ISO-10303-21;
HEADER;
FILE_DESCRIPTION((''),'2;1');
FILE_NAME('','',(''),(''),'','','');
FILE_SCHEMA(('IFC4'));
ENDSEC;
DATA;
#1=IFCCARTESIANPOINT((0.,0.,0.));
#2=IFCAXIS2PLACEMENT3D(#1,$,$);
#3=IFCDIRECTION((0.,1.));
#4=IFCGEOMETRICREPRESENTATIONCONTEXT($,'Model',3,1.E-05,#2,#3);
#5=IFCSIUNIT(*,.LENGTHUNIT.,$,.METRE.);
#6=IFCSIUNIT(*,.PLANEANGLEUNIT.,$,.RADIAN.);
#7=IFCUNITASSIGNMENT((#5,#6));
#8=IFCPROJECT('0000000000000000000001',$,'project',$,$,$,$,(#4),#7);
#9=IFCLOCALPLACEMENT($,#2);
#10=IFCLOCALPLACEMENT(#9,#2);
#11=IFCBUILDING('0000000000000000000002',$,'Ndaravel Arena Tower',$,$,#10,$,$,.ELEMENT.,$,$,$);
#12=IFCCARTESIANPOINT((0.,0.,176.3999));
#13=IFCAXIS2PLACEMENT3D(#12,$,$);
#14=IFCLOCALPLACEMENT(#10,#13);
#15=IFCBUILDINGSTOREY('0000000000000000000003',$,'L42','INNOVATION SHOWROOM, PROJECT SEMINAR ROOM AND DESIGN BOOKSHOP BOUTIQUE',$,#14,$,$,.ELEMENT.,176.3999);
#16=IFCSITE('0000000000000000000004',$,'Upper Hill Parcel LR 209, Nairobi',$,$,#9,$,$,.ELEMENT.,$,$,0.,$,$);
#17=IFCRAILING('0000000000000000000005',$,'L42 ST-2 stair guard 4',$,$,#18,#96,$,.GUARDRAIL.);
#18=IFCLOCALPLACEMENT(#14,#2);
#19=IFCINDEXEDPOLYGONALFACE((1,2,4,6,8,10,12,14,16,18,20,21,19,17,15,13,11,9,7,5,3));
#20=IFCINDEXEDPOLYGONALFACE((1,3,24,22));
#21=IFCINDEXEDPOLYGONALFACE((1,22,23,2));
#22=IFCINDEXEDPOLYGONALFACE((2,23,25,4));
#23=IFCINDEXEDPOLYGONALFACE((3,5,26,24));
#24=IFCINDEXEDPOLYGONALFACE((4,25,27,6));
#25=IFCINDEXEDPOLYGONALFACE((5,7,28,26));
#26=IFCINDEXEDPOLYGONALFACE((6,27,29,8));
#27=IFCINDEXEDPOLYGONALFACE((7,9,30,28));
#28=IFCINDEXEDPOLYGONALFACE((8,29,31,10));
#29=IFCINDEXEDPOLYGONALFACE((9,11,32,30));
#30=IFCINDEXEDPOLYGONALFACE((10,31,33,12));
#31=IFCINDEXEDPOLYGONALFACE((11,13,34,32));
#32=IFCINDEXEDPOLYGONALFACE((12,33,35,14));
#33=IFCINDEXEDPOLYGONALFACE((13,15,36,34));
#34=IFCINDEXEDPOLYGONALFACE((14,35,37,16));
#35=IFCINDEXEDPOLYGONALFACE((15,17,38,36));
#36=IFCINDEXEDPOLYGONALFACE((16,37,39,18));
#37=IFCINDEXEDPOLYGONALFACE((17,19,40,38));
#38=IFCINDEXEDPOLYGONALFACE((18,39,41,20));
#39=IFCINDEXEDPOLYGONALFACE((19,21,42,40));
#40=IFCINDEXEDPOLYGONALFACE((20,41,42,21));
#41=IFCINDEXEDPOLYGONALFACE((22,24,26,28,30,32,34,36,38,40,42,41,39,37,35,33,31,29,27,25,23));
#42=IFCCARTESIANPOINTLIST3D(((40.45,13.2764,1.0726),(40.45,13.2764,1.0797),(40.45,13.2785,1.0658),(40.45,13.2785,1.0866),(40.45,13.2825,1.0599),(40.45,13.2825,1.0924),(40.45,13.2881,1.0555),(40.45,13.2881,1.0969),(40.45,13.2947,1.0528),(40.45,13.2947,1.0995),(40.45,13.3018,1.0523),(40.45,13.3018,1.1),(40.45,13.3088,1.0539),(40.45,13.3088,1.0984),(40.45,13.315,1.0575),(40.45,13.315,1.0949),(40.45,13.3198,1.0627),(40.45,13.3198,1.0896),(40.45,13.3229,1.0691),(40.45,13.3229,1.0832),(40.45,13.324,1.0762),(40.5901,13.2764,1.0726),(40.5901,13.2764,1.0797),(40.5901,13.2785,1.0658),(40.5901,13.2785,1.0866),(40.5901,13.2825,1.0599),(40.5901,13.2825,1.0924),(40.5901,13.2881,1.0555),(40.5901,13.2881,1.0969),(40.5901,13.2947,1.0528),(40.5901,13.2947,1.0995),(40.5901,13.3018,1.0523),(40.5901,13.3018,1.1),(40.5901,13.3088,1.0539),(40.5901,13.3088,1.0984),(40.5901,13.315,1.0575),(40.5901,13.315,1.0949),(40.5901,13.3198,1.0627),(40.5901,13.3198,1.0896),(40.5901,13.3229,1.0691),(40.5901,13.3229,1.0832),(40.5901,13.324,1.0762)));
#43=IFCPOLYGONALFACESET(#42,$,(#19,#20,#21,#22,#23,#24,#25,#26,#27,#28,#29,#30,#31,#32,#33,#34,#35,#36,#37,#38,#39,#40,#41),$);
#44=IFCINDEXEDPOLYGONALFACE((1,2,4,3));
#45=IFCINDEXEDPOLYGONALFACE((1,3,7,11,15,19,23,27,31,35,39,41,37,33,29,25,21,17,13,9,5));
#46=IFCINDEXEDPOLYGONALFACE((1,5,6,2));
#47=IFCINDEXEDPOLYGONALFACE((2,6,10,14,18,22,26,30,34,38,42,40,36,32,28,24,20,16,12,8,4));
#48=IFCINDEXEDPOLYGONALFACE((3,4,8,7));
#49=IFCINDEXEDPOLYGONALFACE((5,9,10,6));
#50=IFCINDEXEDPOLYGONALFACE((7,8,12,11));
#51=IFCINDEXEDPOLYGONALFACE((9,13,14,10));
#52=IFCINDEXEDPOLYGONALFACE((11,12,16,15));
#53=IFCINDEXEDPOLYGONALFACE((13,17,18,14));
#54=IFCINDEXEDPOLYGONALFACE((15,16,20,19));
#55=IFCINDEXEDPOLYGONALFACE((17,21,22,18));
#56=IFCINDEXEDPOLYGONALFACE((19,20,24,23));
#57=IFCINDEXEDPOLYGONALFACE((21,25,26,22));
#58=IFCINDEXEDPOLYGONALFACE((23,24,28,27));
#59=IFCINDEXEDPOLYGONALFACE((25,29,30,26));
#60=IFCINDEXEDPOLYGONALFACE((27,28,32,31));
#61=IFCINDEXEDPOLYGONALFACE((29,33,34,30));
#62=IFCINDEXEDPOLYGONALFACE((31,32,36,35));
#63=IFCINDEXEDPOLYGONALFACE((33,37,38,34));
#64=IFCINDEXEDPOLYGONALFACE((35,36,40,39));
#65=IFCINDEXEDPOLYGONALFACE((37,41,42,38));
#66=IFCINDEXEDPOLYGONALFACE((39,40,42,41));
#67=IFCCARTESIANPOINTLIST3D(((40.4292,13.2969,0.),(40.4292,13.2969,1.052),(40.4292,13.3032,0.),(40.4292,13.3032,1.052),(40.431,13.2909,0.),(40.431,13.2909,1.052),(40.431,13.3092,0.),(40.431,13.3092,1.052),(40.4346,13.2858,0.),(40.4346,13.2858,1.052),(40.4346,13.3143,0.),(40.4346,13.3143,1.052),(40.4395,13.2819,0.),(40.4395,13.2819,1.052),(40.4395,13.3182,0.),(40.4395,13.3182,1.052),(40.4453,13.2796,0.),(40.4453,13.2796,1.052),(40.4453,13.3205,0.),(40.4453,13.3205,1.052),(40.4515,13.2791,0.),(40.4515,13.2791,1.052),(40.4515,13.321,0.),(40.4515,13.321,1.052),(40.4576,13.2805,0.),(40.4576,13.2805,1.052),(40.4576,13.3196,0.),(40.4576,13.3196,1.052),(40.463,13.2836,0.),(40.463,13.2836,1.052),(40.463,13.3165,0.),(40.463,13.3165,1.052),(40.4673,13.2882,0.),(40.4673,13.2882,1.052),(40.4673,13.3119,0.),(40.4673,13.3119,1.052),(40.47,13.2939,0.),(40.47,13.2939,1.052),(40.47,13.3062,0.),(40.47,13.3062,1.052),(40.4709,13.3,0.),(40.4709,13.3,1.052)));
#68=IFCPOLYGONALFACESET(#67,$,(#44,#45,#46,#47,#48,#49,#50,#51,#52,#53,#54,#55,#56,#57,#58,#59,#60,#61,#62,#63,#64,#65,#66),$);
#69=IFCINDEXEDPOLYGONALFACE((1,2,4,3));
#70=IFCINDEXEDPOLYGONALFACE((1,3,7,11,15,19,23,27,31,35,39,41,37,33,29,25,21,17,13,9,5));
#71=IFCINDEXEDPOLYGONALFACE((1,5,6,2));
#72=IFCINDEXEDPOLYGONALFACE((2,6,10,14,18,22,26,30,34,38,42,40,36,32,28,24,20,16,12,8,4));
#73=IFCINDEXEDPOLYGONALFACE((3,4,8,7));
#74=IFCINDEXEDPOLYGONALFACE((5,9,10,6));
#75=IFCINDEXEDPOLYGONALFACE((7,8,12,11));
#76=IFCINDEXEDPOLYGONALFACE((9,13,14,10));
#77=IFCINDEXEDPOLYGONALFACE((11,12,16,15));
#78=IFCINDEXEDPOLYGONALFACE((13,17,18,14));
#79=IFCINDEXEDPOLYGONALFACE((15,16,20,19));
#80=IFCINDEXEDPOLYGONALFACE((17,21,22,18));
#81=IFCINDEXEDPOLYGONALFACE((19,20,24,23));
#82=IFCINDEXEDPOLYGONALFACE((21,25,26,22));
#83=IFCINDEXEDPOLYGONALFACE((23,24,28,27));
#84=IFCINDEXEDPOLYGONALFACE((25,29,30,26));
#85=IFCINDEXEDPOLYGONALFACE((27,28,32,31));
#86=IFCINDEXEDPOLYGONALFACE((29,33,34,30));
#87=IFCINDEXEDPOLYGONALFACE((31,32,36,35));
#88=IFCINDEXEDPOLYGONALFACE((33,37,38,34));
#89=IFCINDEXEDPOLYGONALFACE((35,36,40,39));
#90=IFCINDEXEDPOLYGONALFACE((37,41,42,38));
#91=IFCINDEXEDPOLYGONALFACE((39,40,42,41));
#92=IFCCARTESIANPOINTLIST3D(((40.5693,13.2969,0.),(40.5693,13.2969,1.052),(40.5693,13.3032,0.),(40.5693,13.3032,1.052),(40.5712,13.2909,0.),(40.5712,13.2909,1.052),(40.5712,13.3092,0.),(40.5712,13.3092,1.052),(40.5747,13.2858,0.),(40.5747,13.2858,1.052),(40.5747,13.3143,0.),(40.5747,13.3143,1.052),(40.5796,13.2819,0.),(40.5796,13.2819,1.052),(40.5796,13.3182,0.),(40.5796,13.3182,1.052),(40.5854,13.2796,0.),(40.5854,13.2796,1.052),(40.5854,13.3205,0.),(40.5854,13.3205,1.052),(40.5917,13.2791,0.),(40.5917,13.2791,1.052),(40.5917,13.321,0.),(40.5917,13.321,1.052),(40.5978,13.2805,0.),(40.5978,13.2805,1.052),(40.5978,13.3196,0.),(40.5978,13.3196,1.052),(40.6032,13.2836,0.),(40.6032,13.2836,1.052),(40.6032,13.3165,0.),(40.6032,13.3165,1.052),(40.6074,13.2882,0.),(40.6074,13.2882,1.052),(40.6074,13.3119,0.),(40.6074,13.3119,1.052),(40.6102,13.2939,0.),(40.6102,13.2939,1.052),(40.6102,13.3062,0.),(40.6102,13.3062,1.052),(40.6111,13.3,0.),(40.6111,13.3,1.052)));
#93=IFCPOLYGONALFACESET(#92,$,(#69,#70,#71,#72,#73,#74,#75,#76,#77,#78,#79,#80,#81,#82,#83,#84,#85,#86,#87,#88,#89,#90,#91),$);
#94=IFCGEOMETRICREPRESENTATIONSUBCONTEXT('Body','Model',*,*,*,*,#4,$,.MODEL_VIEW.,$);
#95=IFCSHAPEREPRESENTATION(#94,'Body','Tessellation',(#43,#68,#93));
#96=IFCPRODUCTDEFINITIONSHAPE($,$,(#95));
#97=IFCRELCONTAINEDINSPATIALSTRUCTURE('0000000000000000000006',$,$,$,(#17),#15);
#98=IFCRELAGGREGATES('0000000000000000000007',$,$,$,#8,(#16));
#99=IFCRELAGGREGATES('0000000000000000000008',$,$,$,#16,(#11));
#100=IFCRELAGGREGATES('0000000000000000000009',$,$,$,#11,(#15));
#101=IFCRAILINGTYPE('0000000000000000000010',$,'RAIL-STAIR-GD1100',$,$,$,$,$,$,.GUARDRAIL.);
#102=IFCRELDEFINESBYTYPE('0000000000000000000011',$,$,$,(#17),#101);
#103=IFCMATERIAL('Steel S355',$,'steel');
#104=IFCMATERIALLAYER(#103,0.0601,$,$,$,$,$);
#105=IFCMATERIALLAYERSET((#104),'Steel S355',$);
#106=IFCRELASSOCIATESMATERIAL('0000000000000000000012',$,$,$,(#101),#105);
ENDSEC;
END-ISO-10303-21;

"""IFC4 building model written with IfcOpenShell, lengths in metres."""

from ifc_helpers import new_model, si_unit, direction, frame, origin, origin_2d, place, context, subcontext, project, spatial, circle, extrude, material, layer, layer_set, type_object, element, save


model = new_model("IFC4")

# Units and contexts
model_context = context("Model", 3, precision=1e-05, world=origin(), true_north=direction((0.0, 1.0)))
body_context = subcontext(model_context, "Body", "Model", "MODEL_VIEW")
ifc_project = project(units=[si_unit("LENGTHUNIT", "METRE"), si_unit("PLANEANGLEUNIT", "RADIAN")], contexts=[model_context])

# Site, building, storey
site_placement = place(None, origin())
site = spatial("IfcSite", under=ifc_project, at=site_placement, Name="Upper Hill Parcel LR 209, Nairobi", CompositionType="ELEMENT", RefElevation=0.0)
building_placement = place(site_placement, origin())
building = spatial("IfcBuilding", under=site, at=building_placement, Name="Ndaravel Arena Tower", CompositionType="ELEMENT")
storey_placement = place(building_placement, frame((0.0, 0.0, 176.3999)))
storey = spatial("IfcBuildingStorey", under=building, at=storey_placement, Name="L42", Description="INNOVATION SHOWROOM, PROJECT SEMINAR ROOM AND DESIGN BOOKSHOP BOUTIQUE", CompositionType="ELEMENT", Elevation=176.3999)

# Railing
ifc_material_1 = material(Name="Steel S355", Category="steel")
ifc_layer_1 = layer(ifc_material_1, 0.0601)
ifc_layer_set_1 = layer_set([ifc_layer_1], Name="Steel S355")
railing_type_1 = type_object("IfcRailingType", Name="RAIL-STAIR-GD1100", PredefinedType="GUARDRAIL", material=ifc_layer_set_1)
railing_1_placement = place(storey_placement, frame((40.45, 13.3, 0.0)))
element("IfcRailing", 1, at=railing_1_placement, inside=storey, type_object=railing_type_1, Name="L42 ST-2 stair guard 4", PredefinedType="GUARDRAIL", context=body_context, shape_type="SweptSolid", body=[
    extrude(circle(Radius=0.0239, at=origin_2d()), frame((0.0, 0.0, 1.0762), z_axis=(1.0, 0.0, 0.0), x_axis=(0.0, 1.0, 0.0)), (0.0, 0.0, 1.0), 0.1401),
    extrude(circle(Radius=0.021, at=origin_2d()), origin(), (0.0, 0.0, 1.0), 1.052),
    extrude(circle(Radius=0.021, at=origin_2d()), frame((0.1401, 0.0, 0.0)), (0.0, 0.0, 1.0), 1.052),
])

save(model, "model.ifc")
